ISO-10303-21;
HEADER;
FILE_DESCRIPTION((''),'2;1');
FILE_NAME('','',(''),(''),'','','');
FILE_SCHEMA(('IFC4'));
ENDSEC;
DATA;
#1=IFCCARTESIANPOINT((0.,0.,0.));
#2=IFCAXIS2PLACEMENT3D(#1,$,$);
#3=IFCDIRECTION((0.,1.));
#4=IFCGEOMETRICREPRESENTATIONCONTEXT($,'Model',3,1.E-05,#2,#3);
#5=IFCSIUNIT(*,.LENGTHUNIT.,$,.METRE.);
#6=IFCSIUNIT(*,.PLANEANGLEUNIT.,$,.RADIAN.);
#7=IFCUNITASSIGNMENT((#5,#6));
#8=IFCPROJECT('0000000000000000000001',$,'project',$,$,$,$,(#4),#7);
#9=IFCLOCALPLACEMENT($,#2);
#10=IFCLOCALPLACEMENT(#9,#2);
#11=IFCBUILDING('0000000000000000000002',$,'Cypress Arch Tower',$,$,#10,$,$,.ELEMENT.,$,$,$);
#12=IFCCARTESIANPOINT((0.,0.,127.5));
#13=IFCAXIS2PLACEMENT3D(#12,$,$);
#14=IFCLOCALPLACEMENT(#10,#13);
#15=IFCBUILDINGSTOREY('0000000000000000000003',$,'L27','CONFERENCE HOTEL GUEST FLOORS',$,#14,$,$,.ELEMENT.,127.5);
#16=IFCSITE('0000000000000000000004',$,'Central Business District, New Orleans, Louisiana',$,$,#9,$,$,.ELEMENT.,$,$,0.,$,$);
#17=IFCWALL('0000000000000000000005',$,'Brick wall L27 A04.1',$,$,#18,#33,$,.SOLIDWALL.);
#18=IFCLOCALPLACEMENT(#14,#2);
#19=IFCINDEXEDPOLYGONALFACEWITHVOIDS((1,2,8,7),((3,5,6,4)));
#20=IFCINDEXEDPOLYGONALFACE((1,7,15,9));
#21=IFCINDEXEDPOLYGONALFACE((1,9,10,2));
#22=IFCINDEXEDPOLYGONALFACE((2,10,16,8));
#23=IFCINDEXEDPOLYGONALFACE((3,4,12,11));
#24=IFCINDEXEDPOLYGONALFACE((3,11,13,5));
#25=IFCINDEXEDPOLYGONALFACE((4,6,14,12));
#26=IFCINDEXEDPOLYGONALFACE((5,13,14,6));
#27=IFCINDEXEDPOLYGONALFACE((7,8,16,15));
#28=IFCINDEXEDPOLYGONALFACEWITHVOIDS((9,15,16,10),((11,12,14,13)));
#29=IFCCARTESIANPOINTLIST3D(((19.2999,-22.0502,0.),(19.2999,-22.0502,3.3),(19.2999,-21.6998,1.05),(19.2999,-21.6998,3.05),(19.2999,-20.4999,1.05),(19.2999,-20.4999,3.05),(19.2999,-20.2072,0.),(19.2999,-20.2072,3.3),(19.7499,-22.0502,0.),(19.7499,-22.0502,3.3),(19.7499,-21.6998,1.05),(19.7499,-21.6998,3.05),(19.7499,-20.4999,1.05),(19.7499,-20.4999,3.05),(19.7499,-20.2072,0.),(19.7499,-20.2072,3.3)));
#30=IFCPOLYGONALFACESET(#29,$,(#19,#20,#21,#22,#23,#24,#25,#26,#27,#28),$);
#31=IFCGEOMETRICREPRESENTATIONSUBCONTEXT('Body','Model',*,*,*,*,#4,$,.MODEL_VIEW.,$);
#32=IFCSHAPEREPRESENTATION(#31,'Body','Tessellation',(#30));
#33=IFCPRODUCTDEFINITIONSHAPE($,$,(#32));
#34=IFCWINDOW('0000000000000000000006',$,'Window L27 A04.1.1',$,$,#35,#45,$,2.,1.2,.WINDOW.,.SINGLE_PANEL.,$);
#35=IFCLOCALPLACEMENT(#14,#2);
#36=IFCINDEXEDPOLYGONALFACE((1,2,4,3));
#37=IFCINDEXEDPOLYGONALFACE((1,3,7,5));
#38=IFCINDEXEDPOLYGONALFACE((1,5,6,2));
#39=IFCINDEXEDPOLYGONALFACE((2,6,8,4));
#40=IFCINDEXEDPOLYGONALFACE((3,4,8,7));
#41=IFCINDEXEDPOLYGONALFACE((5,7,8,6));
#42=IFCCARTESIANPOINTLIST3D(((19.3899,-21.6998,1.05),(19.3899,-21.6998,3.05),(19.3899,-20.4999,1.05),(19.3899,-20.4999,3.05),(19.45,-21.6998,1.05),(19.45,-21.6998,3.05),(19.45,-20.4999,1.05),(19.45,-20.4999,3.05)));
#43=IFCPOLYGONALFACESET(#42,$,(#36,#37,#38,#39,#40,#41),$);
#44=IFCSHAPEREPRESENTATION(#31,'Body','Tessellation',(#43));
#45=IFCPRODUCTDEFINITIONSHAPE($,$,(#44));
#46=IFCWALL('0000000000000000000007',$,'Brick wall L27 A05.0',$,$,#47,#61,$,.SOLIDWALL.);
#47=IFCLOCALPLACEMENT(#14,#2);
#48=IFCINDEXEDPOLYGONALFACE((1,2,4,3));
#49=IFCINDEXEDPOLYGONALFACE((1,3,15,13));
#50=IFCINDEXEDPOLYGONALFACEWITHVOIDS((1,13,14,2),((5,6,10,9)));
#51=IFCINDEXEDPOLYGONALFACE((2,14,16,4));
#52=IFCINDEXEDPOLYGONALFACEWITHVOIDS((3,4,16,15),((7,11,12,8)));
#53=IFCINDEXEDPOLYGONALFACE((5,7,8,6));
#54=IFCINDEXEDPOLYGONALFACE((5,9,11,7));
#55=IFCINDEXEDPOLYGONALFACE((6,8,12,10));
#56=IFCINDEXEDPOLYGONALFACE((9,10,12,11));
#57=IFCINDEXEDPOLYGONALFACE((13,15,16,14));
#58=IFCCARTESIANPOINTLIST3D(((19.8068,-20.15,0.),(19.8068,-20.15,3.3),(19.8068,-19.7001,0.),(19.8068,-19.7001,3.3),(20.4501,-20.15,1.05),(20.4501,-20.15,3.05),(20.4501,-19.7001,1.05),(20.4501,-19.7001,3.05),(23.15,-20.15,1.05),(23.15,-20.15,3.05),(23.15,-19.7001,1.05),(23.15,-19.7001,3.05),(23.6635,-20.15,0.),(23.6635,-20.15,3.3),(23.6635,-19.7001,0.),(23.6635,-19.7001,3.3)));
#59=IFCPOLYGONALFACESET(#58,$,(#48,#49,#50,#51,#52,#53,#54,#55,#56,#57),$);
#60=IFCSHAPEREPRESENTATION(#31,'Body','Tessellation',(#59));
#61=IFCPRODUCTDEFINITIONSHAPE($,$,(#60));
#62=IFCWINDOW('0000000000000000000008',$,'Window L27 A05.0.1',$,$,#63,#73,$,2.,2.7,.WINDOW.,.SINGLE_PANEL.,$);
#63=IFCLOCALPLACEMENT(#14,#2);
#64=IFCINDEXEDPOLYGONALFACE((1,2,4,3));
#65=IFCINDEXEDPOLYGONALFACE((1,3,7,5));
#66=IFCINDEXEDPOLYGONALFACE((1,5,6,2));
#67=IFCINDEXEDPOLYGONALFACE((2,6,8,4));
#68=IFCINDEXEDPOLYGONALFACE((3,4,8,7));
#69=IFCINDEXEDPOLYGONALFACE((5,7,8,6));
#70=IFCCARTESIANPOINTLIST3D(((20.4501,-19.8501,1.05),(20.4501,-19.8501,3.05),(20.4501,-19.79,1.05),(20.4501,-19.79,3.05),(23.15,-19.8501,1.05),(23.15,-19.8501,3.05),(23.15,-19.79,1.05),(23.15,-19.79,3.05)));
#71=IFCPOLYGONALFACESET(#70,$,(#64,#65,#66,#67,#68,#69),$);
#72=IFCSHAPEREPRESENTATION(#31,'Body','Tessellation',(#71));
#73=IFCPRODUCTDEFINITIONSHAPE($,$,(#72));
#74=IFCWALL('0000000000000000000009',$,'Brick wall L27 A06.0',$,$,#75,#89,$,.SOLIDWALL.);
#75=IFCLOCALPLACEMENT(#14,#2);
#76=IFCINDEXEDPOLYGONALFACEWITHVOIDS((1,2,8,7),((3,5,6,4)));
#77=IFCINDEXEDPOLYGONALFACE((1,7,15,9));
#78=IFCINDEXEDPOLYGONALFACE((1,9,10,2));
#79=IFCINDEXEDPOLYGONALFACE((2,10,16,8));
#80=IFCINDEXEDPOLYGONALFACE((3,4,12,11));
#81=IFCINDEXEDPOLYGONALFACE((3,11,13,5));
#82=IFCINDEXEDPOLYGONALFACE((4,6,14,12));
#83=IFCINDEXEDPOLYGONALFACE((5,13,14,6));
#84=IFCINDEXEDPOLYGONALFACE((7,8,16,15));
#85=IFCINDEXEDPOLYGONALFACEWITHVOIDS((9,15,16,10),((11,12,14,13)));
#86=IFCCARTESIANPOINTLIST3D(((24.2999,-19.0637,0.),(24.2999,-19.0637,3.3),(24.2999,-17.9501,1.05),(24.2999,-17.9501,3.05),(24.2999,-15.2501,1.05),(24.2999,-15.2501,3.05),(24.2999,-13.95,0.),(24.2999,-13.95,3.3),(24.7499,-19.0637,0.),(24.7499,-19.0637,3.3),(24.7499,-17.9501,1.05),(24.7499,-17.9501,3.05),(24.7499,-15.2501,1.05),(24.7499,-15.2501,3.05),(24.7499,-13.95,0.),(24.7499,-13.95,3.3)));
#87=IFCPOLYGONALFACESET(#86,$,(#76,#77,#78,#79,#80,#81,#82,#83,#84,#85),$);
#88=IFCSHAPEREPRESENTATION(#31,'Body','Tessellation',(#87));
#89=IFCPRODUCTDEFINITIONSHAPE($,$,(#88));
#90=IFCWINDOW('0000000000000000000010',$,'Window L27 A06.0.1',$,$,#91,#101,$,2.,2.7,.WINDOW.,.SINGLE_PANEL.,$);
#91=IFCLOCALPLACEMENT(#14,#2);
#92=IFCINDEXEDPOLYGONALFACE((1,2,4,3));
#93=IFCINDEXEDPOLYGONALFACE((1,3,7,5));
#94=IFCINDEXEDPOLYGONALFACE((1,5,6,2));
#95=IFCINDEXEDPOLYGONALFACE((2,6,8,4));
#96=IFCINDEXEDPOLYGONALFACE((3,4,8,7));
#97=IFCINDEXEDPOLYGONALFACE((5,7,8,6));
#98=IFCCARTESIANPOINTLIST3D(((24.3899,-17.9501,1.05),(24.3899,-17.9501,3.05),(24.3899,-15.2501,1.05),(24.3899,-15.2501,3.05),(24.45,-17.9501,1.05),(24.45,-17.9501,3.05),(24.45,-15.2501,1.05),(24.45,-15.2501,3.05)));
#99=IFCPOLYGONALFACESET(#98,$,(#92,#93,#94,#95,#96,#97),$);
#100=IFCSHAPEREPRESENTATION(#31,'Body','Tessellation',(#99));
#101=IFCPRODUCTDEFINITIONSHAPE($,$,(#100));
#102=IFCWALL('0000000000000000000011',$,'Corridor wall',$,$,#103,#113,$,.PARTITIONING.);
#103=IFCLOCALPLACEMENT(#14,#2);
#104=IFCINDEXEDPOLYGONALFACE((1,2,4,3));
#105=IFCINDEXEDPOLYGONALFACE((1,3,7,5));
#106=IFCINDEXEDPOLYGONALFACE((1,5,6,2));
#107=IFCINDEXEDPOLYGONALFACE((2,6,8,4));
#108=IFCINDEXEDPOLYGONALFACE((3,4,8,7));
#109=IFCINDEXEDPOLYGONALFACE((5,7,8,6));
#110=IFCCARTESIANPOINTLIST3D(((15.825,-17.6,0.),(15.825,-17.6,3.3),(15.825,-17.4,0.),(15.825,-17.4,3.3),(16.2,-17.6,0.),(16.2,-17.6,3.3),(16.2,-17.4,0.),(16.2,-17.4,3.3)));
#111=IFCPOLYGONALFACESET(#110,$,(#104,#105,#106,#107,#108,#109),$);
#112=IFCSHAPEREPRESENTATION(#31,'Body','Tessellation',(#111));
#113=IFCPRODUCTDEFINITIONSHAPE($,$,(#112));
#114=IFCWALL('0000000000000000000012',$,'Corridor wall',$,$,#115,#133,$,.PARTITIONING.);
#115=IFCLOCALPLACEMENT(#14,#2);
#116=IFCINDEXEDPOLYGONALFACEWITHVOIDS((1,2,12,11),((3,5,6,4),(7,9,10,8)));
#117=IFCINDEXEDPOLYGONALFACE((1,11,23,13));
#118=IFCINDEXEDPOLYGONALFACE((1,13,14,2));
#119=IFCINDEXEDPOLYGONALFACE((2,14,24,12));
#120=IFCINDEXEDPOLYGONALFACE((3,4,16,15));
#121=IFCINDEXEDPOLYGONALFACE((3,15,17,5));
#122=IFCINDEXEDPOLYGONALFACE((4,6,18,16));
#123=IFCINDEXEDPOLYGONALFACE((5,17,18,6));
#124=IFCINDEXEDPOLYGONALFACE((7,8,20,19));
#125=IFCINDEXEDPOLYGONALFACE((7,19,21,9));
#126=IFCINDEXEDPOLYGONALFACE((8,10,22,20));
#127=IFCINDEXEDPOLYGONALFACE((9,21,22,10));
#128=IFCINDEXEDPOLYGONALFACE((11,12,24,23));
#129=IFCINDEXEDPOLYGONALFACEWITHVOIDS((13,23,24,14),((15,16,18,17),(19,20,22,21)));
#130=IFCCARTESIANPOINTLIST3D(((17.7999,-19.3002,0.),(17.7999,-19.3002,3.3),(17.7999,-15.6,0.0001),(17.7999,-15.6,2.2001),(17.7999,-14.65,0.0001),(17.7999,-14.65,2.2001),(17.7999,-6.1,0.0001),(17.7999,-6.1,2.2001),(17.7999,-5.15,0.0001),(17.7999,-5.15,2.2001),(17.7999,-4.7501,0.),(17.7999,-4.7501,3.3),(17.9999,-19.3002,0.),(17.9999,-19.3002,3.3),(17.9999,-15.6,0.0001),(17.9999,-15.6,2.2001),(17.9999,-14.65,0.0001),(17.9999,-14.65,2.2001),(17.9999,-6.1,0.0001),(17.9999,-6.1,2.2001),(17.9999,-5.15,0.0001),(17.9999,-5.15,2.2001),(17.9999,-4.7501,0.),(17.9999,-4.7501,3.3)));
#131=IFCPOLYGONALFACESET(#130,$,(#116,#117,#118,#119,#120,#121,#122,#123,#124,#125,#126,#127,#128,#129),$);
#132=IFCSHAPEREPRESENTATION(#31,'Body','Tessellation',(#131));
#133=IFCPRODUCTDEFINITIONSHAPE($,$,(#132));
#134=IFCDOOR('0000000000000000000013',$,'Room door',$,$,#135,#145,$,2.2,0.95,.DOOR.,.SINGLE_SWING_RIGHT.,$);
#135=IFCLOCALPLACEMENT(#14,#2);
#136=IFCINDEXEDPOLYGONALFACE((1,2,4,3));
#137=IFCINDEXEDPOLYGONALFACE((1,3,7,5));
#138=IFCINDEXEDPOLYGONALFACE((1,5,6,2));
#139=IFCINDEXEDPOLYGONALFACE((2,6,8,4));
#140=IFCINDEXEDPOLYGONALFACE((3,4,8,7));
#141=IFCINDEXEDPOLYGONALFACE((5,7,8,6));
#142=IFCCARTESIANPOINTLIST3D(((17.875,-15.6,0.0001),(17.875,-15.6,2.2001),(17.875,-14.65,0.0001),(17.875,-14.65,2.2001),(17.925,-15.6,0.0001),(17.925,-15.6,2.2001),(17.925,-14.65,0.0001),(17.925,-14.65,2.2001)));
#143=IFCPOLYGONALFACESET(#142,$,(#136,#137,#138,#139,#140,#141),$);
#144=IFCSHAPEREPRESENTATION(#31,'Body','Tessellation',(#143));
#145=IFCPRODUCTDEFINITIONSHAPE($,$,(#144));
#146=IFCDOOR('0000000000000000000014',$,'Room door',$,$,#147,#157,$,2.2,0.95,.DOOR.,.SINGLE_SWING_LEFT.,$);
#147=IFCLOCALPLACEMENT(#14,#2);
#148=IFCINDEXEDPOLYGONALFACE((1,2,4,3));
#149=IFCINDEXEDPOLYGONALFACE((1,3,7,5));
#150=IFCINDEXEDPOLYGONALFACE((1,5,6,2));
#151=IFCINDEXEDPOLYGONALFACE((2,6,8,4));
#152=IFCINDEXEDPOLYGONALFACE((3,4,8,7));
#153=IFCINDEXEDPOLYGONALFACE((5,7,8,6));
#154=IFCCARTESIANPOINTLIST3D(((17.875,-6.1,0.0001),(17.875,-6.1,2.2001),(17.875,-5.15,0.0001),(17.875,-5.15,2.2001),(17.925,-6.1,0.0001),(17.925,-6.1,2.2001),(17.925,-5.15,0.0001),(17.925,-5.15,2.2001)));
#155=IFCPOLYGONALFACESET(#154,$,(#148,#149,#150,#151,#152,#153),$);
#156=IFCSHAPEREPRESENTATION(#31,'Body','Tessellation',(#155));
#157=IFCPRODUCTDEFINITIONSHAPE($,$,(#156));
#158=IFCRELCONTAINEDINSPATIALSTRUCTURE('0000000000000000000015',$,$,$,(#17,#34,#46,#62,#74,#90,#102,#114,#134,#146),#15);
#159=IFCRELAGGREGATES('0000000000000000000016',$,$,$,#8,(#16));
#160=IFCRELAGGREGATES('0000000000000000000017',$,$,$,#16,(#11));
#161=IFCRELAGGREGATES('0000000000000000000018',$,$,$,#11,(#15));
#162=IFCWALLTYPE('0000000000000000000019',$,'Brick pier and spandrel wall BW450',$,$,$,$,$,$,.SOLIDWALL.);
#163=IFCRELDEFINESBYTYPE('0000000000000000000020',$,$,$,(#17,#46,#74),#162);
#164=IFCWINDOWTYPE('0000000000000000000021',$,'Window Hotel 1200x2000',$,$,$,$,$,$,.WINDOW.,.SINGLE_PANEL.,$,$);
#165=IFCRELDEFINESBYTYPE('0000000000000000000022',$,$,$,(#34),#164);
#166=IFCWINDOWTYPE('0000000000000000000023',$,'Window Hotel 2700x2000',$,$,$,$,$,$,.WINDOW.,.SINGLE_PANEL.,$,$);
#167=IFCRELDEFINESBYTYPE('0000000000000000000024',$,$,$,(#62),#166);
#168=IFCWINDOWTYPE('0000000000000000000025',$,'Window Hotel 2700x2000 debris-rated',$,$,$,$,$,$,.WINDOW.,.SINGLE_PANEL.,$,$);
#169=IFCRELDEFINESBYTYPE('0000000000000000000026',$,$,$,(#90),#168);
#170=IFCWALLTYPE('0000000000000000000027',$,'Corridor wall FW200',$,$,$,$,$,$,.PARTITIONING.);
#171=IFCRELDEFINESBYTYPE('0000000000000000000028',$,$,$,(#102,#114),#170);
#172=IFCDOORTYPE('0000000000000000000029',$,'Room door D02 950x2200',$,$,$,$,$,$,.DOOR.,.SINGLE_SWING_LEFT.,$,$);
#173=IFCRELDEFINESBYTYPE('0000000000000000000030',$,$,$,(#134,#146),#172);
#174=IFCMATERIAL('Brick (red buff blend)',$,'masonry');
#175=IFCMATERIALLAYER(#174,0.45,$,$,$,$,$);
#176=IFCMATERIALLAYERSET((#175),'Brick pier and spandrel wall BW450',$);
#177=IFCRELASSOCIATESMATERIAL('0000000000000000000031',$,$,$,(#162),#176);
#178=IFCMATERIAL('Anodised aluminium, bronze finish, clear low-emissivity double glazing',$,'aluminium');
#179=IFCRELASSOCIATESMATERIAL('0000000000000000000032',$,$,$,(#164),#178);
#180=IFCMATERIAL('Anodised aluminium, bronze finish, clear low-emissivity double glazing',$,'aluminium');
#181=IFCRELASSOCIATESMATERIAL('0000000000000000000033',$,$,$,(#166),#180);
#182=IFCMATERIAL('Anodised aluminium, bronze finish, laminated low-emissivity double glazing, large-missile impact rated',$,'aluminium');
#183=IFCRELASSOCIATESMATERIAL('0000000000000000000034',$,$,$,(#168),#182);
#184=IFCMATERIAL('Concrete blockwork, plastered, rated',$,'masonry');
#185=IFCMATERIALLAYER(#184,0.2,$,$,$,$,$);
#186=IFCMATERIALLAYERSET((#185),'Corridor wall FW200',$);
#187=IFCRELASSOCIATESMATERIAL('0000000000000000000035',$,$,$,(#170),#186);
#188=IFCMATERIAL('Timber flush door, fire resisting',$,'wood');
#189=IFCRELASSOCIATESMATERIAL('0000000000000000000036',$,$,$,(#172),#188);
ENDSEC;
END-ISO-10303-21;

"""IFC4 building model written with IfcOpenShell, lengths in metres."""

from ifc_helpers import new_model, si_unit, direction, frame, frame_2d, origin, place, context, subcontext, project, spatial, rectangle, extrude, material, layer, layer_set, type_object, element, fill, save


model = new_model("IFC4")

# Units and contexts
model_context = context("Model", 3, precision=1e-05, world=origin(), true_north=direction((0.0, 1.0)))
body_context = subcontext(model_context, "Body", "Model", "MODEL_VIEW")
ifc_project = project(units=[si_unit("LENGTHUNIT", "METRE"), si_unit("PLANEANGLEUNIT", "RADIAN")], contexts=[model_context])

# Site, building, storey
site_placement = place(None, origin())
site = spatial("IfcSite", under=ifc_project, at=site_placement, Name="Central Business District, New Orleans, Louisiana", CompositionType="ELEMENT", RefElevation=0.0)
building_placement = place(site_placement, origin())
building = spatial("IfcBuilding", under=site, at=building_placement, Name="Cypress Arch Tower", CompositionType="ELEMENT")
storey_placement = place(building_placement, frame((0.0, 0.0, 127.5)))
storey = spatial("IfcBuildingStorey", under=building, at=storey_placement, Name="L27", Description="CONFERENCE HOTEL GUEST FLOORS", CompositionType="ELEMENT", Elevation=127.5)

# Shared definitions
ifc_material_1 = material(Name="Brick (red buff blend)", Category="masonry")
ifc_layer_1 = layer(ifc_material_1, 0.45)
ifc_layer_set_1 = layer_set([ifc_layer_1], Name="Brick pier and spandrel wall BW450")
wall_type_1 = type_object("IfcWallType", Name="Brick pier and spandrel wall BW450", PredefinedType="SOLIDWALL", material=ifc_layer_set_1)

# Walls, openings, windows
wall_1_placement = place(storey_placement, frame((19.5249, -22.05, 0.0), z_axis=(0.0, 0.0, 1.0), x_axis=(0.0, 1.0, 0.0)))
wall_1 = element("IfcWall", 1, at=wall_1_placement, inside=storey, type_object=wall_type_1, Name="Brick wall L27 A04.1", PredefinedType="SOLIDWALL", context=body_context, shape_type="SweptSolid", body=[
    extrude(rectangle(XDim=1.843, YDim=0.45, at=frame_2d((0.9214, 0.0))), origin(), (0.0, 0.0, 1.0), 3.3),
])
opening_1_placement = place(wall_1_placement, frame((0.3501, 0.0, 1.05)))
opening_1 = element("IfcOpeningElement", 2, at=opening_1_placement, cuts=wall_1, PredefinedType="OPENING", context=body_context, shape_type="SweptSolid", body=[
    extrude(rectangle(XDim=1.2, YDim=2.0, at=frame_2d((0.6001, 1.0))), frame((0.0, 0.2349, 0.0), z_axis=(0.0, -1.0, 0.0), x_axis=(1.0, 0.0, 0.0)), (0.0, 0.0, 1.0), 0.47),
])
ifc_material_2 = material(Name="Anodised aluminium, bronze finish, clear low-emissivity double glazing", Category="aluminium")
window_type_1 = type_object("IfcWindowType", Name="Window Hotel 1200x2000", PartitioningType="SINGLE_PANEL", PredefinedType="WINDOW", material=ifc_material_2)
window_1_placement = place(opening_1_placement, origin())
window_1 = element("IfcWindow", 3, at=window_1_placement, inside=storey, type_object=window_type_1, Name="Window L27 A04.1.1", OverallHeight=2.0, OverallWidth=1.2, PartitioningType="SINGLE_PANEL", PredefinedType="WINDOW", context=body_context, shape_type="SweptSolid", body=[
    extrude(rectangle(XDim=1.2, YDim=2.0, at=frame_2d((0.6001, 1.0))), frame((0.0, 0.135, 0.0), z_axis=(0.0, -1.0, 0.0), x_axis=(1.0, 0.0, 0.0)), (0.0, 0.0, 1.0), 0.0601),
])
fill(opening_1, window_1)
wall_2_placement = place(storey_placement, frame((19.8069, -19.925, 0.0), z_axis=(0.0, 0.0, 1.0), x_axis=(1.0, 0.0, 0.0)))
wall_2 = element("IfcWall", 4, at=wall_2_placement, inside=storey, type_object=wall_type_1, Name="Brick wall L27 A05.0", PredefinedType="SOLIDWALL", context=body_context, shape_type="SweptSolid", body=[
    extrude(rectangle(XDim=3.8567, YDim=0.45, at=frame_2d((1.9282, 0.0))), origin(), (0.0, 0.0, 1.0), 3.3),
])
opening_2_placement = place(wall_2_placement, frame((0.6431, 0.0, 1.05)))
opening_2 = element("IfcOpeningElement", 5, at=opening_2_placement, cuts=wall_2, PredefinedType="OPENING", context=body_context, shape_type="SweptSolid", body=[
    extrude(rectangle(XDim=2.7, YDim=2.0, at=frame_2d((1.3501, 1.0))), frame((0.0, 0.2349, 0.0), z_axis=(0.0, -1.0, 0.0), x_axis=(1.0, 0.0, 0.0)), (0.0, 0.0, 1.0), 0.47),
])
ifc_material_3 = material(Name="Anodised aluminium, bronze finish, clear low-emissivity double glazing", Category="aluminium")
window_type_2 = type_object("IfcWindowType", Name="Window Hotel 2700x2000", PartitioningType="SINGLE_PANEL", PredefinedType="WINDOW", material=ifc_material_3)
window_2_placement = place(opening_2_placement, origin())
window_2 = element("IfcWindow", 6, at=window_2_placement, inside=storey, type_object=window_type_2, Name="Window L27 A05.0.1", OverallHeight=2.0, OverallWidth=2.7, PartitioningType="SINGLE_PANEL", PredefinedType="WINDOW", context=body_context, shape_type="SweptSolid", body=[
    extrude(rectangle(XDim=2.7, YDim=2.0, at=frame_2d((1.3501, 1.0))), frame((0.0, 0.135, 0.0), z_axis=(0.0, -1.0, 0.0), x_axis=(1.0, 0.0, 0.0)), (0.0, 0.0, 1.0), 0.0601),
])
fill(opening_2, window_2)
wall_3_placement = place(storey_placement, frame((24.5249, -19.0637, 0.0), z_axis=(0.0, 0.0, 1.0), x_axis=(0.0, 1.0, 0.0)))
wall_3 = element("IfcWall", 7, at=wall_3_placement, inside=storey, type_object=wall_type_1, Name="Brick wall L27 A06.0", PredefinedType="SOLIDWALL", context=body_context, shape_type="SweptSolid", body=[
    extrude(rectangle(XDim=5.1138, YDim=0.45, at=frame_2d((2.5569, 0.0))), origin(), (0.0, 0.0, 1.0), 3.3),
])
opening_3_placement = place(wall_3_placement, frame((1.1135, 0.0, 1.05)))
opening_3 = element("IfcOpeningElement", 8, at=opening_3_placement, cuts=wall_3, PredefinedType="OPENING", context=body_context, shape_type="SweptSolid", body=[
    extrude(rectangle(XDim=2.7, YDim=2.0, at=frame_2d((1.3501, 1.0))), frame((0.0, 0.2349, 0.0), z_axis=(0.0, -1.0, 0.0), x_axis=(1.0, 0.0, 0.0)), (0.0, 0.0, 1.0), 0.47),
])
ifc_material_4 = material(Name="Anodised aluminium, bronze finish, laminated low-emissivity double glazing, large-missile impact rated", Category="aluminium")
window_type_3 = type_object("IfcWindowType", Name="Window Hotel 2700x2000 debris-rated", PartitioningType="SINGLE_PANEL", PredefinedType="WINDOW", material=ifc_material_4)
window_3_placement = place(opening_3_placement, origin())
window_3 = element("IfcWindow", 9, at=window_3_placement, inside=storey, type_object=window_type_3, Name="Window L27 A06.0.1", OverallHeight=2.0, OverallWidth=2.7, PartitioningType="SINGLE_PANEL", PredefinedType="WINDOW", context=body_context, shape_type="SweptSolid", body=[
    extrude(rectangle(XDim=2.7, YDim=2.0, at=frame_2d((1.3501, 1.0))), frame((0.0, 0.135, 0.0), z_axis=(0.0, -1.0, 0.0), x_axis=(1.0, 0.0, 0.0)), (0.0, 0.0, 1.0), 0.0601),
])
fill(opening_3, window_3)

# Wall
ifc_material_5 = material(Name="Concrete blockwork, plastered, rated", Category="masonry")
ifc_layer_2 = layer(ifc_material_5, 0.2)
ifc_layer_set_2 = layer_set([ifc_layer_2], Name="Corridor wall FW200")
wall_type_2 = type_object("IfcWallType", Name="Corridor wall FW200", PredefinedType="PARTITIONING", material=ifc_layer_set_2)
wall_4_placement = place(storey_placement, frame((15.825, -17.5, 0.0), z_axis=(0.0, 0.0, 1.0), x_axis=(1.0, 0.0, 0.0)))
element("IfcWall", 10, at=wall_4_placement, inside=storey, type_object=wall_type_2, Name="Corridor wall", PredefinedType="PARTITIONING", context=body_context, shape_type="SweptSolid", body=[
    extrude(rectangle(XDim=0.375, YDim=0.2, at=frame_2d((0.1875, 0.0))), origin(), (0.0, 0.0, 1.0), 3.3),
])

# Wall, openings, doors
wall_5_placement = place(storey_placement, frame((17.8999, -19.3, 0.0), z_axis=(0.0, 0.0, 1.0), x_axis=(0.0, 1.0, 0.0)))
wall_5 = element("IfcWall", 11, at=wall_5_placement, inside=storey, type_object=wall_type_2, Name="Corridor wall", PredefinedType="PARTITIONING", context=body_context, shape_type="SweptSolid", body=[
    extrude(rectangle(XDim=14.55, YDim=0.2, at=frame_2d((7.2749, 0.0))), origin(), (0.0, 0.0, 1.0), 3.3),
])
opening_4_placement = place(wall_5_placement, frame((3.7, 0.0, 0.0)))
opening_4 = element("IfcOpeningElement", 12, at=opening_4_placement, cuts=wall_5, PredefinedType="OPENING", context=body_context, shape_type="SweptSolid", body=[
    extrude(rectangle(XDim=0.95, YDim=2.2, at=frame_2d((0.4751, 1.1001))), frame((0.0, 0.1099, 0.0), z_axis=(0.0, -1.0, 0.0), x_axis=(1.0, 0.0, 0.0)), (0.0, 0.0, 1.0), 0.22),
])
opening_5_placement = place(wall_5_placement, frame((13.2, 0.0, 0.0)))
opening_5 = element("IfcOpeningElement", 13, at=opening_5_placement, cuts=wall_5, PredefinedType="OPENING", context=body_context, shape_type="SweptSolid", body=[
    extrude(rectangle(XDim=0.95, YDim=2.2, at=frame_2d((0.4751, 1.1001))), frame((0.0, 0.1099, 0.0), z_axis=(0.0, -1.0, 0.0), x_axis=(1.0, 0.0, 0.0)), (0.0, 0.0, 1.0), 0.22),
])
ifc_material_6 = material(Name="Timber flush door, fire resisting", Category="wood")
door_type_1 = type_object("IfcDoorType", Name="Room door D02 950x2200", OperationType="SINGLE_SWING_LEFT", PredefinedType="DOOR", material=ifc_material_6)
door_1_placement = place(opening_4_placement, origin())
door_1 = element("IfcDoor", 14, at=door_1_placement, inside=storey, type_object=door_type_1, Name="Room door", OperationType="SINGLE_SWING_RIGHT", OverallHeight=2.2, OverallWidth=0.95, PredefinedType="DOOR", context=body_context, shape_type="SweptSolid", body=[
    extrude(rectangle(XDim=0.95, YDim=2.2, at=frame_2d((0.4751, 1.1001))), frame((0.0, 0.0249, 0.0), z_axis=(0.0, -1.0, 0.0), x_axis=(1.0, 0.0, 0.0)), (0.0, 0.0, 1.0), 0.05),
])
fill(opening_4, door_1)
door_2_placement = place(opening_5_placement, origin())
door_2 = element("IfcDoor", 15, at=door_2_placement, inside=storey, type_object=door_type_1, Name="Room door", OperationType="SINGLE_SWING_LEFT", OverallHeight=2.2, OverallWidth=0.95, PredefinedType="DOOR", context=body_context, shape_type="SweptSolid", body=[
    extrude(rectangle(XDim=0.95, YDim=2.2, at=frame_2d((0.4751, 1.1001))), frame((0.0, 0.0249, 0.0), z_axis=(0.0, -1.0, 0.0), x_axis=(1.0, 0.0, 0.0)), (0.0, 0.0, 1.0), 0.05),
])
fill(opening_5, door_2)

save(model, "model.ifc")
